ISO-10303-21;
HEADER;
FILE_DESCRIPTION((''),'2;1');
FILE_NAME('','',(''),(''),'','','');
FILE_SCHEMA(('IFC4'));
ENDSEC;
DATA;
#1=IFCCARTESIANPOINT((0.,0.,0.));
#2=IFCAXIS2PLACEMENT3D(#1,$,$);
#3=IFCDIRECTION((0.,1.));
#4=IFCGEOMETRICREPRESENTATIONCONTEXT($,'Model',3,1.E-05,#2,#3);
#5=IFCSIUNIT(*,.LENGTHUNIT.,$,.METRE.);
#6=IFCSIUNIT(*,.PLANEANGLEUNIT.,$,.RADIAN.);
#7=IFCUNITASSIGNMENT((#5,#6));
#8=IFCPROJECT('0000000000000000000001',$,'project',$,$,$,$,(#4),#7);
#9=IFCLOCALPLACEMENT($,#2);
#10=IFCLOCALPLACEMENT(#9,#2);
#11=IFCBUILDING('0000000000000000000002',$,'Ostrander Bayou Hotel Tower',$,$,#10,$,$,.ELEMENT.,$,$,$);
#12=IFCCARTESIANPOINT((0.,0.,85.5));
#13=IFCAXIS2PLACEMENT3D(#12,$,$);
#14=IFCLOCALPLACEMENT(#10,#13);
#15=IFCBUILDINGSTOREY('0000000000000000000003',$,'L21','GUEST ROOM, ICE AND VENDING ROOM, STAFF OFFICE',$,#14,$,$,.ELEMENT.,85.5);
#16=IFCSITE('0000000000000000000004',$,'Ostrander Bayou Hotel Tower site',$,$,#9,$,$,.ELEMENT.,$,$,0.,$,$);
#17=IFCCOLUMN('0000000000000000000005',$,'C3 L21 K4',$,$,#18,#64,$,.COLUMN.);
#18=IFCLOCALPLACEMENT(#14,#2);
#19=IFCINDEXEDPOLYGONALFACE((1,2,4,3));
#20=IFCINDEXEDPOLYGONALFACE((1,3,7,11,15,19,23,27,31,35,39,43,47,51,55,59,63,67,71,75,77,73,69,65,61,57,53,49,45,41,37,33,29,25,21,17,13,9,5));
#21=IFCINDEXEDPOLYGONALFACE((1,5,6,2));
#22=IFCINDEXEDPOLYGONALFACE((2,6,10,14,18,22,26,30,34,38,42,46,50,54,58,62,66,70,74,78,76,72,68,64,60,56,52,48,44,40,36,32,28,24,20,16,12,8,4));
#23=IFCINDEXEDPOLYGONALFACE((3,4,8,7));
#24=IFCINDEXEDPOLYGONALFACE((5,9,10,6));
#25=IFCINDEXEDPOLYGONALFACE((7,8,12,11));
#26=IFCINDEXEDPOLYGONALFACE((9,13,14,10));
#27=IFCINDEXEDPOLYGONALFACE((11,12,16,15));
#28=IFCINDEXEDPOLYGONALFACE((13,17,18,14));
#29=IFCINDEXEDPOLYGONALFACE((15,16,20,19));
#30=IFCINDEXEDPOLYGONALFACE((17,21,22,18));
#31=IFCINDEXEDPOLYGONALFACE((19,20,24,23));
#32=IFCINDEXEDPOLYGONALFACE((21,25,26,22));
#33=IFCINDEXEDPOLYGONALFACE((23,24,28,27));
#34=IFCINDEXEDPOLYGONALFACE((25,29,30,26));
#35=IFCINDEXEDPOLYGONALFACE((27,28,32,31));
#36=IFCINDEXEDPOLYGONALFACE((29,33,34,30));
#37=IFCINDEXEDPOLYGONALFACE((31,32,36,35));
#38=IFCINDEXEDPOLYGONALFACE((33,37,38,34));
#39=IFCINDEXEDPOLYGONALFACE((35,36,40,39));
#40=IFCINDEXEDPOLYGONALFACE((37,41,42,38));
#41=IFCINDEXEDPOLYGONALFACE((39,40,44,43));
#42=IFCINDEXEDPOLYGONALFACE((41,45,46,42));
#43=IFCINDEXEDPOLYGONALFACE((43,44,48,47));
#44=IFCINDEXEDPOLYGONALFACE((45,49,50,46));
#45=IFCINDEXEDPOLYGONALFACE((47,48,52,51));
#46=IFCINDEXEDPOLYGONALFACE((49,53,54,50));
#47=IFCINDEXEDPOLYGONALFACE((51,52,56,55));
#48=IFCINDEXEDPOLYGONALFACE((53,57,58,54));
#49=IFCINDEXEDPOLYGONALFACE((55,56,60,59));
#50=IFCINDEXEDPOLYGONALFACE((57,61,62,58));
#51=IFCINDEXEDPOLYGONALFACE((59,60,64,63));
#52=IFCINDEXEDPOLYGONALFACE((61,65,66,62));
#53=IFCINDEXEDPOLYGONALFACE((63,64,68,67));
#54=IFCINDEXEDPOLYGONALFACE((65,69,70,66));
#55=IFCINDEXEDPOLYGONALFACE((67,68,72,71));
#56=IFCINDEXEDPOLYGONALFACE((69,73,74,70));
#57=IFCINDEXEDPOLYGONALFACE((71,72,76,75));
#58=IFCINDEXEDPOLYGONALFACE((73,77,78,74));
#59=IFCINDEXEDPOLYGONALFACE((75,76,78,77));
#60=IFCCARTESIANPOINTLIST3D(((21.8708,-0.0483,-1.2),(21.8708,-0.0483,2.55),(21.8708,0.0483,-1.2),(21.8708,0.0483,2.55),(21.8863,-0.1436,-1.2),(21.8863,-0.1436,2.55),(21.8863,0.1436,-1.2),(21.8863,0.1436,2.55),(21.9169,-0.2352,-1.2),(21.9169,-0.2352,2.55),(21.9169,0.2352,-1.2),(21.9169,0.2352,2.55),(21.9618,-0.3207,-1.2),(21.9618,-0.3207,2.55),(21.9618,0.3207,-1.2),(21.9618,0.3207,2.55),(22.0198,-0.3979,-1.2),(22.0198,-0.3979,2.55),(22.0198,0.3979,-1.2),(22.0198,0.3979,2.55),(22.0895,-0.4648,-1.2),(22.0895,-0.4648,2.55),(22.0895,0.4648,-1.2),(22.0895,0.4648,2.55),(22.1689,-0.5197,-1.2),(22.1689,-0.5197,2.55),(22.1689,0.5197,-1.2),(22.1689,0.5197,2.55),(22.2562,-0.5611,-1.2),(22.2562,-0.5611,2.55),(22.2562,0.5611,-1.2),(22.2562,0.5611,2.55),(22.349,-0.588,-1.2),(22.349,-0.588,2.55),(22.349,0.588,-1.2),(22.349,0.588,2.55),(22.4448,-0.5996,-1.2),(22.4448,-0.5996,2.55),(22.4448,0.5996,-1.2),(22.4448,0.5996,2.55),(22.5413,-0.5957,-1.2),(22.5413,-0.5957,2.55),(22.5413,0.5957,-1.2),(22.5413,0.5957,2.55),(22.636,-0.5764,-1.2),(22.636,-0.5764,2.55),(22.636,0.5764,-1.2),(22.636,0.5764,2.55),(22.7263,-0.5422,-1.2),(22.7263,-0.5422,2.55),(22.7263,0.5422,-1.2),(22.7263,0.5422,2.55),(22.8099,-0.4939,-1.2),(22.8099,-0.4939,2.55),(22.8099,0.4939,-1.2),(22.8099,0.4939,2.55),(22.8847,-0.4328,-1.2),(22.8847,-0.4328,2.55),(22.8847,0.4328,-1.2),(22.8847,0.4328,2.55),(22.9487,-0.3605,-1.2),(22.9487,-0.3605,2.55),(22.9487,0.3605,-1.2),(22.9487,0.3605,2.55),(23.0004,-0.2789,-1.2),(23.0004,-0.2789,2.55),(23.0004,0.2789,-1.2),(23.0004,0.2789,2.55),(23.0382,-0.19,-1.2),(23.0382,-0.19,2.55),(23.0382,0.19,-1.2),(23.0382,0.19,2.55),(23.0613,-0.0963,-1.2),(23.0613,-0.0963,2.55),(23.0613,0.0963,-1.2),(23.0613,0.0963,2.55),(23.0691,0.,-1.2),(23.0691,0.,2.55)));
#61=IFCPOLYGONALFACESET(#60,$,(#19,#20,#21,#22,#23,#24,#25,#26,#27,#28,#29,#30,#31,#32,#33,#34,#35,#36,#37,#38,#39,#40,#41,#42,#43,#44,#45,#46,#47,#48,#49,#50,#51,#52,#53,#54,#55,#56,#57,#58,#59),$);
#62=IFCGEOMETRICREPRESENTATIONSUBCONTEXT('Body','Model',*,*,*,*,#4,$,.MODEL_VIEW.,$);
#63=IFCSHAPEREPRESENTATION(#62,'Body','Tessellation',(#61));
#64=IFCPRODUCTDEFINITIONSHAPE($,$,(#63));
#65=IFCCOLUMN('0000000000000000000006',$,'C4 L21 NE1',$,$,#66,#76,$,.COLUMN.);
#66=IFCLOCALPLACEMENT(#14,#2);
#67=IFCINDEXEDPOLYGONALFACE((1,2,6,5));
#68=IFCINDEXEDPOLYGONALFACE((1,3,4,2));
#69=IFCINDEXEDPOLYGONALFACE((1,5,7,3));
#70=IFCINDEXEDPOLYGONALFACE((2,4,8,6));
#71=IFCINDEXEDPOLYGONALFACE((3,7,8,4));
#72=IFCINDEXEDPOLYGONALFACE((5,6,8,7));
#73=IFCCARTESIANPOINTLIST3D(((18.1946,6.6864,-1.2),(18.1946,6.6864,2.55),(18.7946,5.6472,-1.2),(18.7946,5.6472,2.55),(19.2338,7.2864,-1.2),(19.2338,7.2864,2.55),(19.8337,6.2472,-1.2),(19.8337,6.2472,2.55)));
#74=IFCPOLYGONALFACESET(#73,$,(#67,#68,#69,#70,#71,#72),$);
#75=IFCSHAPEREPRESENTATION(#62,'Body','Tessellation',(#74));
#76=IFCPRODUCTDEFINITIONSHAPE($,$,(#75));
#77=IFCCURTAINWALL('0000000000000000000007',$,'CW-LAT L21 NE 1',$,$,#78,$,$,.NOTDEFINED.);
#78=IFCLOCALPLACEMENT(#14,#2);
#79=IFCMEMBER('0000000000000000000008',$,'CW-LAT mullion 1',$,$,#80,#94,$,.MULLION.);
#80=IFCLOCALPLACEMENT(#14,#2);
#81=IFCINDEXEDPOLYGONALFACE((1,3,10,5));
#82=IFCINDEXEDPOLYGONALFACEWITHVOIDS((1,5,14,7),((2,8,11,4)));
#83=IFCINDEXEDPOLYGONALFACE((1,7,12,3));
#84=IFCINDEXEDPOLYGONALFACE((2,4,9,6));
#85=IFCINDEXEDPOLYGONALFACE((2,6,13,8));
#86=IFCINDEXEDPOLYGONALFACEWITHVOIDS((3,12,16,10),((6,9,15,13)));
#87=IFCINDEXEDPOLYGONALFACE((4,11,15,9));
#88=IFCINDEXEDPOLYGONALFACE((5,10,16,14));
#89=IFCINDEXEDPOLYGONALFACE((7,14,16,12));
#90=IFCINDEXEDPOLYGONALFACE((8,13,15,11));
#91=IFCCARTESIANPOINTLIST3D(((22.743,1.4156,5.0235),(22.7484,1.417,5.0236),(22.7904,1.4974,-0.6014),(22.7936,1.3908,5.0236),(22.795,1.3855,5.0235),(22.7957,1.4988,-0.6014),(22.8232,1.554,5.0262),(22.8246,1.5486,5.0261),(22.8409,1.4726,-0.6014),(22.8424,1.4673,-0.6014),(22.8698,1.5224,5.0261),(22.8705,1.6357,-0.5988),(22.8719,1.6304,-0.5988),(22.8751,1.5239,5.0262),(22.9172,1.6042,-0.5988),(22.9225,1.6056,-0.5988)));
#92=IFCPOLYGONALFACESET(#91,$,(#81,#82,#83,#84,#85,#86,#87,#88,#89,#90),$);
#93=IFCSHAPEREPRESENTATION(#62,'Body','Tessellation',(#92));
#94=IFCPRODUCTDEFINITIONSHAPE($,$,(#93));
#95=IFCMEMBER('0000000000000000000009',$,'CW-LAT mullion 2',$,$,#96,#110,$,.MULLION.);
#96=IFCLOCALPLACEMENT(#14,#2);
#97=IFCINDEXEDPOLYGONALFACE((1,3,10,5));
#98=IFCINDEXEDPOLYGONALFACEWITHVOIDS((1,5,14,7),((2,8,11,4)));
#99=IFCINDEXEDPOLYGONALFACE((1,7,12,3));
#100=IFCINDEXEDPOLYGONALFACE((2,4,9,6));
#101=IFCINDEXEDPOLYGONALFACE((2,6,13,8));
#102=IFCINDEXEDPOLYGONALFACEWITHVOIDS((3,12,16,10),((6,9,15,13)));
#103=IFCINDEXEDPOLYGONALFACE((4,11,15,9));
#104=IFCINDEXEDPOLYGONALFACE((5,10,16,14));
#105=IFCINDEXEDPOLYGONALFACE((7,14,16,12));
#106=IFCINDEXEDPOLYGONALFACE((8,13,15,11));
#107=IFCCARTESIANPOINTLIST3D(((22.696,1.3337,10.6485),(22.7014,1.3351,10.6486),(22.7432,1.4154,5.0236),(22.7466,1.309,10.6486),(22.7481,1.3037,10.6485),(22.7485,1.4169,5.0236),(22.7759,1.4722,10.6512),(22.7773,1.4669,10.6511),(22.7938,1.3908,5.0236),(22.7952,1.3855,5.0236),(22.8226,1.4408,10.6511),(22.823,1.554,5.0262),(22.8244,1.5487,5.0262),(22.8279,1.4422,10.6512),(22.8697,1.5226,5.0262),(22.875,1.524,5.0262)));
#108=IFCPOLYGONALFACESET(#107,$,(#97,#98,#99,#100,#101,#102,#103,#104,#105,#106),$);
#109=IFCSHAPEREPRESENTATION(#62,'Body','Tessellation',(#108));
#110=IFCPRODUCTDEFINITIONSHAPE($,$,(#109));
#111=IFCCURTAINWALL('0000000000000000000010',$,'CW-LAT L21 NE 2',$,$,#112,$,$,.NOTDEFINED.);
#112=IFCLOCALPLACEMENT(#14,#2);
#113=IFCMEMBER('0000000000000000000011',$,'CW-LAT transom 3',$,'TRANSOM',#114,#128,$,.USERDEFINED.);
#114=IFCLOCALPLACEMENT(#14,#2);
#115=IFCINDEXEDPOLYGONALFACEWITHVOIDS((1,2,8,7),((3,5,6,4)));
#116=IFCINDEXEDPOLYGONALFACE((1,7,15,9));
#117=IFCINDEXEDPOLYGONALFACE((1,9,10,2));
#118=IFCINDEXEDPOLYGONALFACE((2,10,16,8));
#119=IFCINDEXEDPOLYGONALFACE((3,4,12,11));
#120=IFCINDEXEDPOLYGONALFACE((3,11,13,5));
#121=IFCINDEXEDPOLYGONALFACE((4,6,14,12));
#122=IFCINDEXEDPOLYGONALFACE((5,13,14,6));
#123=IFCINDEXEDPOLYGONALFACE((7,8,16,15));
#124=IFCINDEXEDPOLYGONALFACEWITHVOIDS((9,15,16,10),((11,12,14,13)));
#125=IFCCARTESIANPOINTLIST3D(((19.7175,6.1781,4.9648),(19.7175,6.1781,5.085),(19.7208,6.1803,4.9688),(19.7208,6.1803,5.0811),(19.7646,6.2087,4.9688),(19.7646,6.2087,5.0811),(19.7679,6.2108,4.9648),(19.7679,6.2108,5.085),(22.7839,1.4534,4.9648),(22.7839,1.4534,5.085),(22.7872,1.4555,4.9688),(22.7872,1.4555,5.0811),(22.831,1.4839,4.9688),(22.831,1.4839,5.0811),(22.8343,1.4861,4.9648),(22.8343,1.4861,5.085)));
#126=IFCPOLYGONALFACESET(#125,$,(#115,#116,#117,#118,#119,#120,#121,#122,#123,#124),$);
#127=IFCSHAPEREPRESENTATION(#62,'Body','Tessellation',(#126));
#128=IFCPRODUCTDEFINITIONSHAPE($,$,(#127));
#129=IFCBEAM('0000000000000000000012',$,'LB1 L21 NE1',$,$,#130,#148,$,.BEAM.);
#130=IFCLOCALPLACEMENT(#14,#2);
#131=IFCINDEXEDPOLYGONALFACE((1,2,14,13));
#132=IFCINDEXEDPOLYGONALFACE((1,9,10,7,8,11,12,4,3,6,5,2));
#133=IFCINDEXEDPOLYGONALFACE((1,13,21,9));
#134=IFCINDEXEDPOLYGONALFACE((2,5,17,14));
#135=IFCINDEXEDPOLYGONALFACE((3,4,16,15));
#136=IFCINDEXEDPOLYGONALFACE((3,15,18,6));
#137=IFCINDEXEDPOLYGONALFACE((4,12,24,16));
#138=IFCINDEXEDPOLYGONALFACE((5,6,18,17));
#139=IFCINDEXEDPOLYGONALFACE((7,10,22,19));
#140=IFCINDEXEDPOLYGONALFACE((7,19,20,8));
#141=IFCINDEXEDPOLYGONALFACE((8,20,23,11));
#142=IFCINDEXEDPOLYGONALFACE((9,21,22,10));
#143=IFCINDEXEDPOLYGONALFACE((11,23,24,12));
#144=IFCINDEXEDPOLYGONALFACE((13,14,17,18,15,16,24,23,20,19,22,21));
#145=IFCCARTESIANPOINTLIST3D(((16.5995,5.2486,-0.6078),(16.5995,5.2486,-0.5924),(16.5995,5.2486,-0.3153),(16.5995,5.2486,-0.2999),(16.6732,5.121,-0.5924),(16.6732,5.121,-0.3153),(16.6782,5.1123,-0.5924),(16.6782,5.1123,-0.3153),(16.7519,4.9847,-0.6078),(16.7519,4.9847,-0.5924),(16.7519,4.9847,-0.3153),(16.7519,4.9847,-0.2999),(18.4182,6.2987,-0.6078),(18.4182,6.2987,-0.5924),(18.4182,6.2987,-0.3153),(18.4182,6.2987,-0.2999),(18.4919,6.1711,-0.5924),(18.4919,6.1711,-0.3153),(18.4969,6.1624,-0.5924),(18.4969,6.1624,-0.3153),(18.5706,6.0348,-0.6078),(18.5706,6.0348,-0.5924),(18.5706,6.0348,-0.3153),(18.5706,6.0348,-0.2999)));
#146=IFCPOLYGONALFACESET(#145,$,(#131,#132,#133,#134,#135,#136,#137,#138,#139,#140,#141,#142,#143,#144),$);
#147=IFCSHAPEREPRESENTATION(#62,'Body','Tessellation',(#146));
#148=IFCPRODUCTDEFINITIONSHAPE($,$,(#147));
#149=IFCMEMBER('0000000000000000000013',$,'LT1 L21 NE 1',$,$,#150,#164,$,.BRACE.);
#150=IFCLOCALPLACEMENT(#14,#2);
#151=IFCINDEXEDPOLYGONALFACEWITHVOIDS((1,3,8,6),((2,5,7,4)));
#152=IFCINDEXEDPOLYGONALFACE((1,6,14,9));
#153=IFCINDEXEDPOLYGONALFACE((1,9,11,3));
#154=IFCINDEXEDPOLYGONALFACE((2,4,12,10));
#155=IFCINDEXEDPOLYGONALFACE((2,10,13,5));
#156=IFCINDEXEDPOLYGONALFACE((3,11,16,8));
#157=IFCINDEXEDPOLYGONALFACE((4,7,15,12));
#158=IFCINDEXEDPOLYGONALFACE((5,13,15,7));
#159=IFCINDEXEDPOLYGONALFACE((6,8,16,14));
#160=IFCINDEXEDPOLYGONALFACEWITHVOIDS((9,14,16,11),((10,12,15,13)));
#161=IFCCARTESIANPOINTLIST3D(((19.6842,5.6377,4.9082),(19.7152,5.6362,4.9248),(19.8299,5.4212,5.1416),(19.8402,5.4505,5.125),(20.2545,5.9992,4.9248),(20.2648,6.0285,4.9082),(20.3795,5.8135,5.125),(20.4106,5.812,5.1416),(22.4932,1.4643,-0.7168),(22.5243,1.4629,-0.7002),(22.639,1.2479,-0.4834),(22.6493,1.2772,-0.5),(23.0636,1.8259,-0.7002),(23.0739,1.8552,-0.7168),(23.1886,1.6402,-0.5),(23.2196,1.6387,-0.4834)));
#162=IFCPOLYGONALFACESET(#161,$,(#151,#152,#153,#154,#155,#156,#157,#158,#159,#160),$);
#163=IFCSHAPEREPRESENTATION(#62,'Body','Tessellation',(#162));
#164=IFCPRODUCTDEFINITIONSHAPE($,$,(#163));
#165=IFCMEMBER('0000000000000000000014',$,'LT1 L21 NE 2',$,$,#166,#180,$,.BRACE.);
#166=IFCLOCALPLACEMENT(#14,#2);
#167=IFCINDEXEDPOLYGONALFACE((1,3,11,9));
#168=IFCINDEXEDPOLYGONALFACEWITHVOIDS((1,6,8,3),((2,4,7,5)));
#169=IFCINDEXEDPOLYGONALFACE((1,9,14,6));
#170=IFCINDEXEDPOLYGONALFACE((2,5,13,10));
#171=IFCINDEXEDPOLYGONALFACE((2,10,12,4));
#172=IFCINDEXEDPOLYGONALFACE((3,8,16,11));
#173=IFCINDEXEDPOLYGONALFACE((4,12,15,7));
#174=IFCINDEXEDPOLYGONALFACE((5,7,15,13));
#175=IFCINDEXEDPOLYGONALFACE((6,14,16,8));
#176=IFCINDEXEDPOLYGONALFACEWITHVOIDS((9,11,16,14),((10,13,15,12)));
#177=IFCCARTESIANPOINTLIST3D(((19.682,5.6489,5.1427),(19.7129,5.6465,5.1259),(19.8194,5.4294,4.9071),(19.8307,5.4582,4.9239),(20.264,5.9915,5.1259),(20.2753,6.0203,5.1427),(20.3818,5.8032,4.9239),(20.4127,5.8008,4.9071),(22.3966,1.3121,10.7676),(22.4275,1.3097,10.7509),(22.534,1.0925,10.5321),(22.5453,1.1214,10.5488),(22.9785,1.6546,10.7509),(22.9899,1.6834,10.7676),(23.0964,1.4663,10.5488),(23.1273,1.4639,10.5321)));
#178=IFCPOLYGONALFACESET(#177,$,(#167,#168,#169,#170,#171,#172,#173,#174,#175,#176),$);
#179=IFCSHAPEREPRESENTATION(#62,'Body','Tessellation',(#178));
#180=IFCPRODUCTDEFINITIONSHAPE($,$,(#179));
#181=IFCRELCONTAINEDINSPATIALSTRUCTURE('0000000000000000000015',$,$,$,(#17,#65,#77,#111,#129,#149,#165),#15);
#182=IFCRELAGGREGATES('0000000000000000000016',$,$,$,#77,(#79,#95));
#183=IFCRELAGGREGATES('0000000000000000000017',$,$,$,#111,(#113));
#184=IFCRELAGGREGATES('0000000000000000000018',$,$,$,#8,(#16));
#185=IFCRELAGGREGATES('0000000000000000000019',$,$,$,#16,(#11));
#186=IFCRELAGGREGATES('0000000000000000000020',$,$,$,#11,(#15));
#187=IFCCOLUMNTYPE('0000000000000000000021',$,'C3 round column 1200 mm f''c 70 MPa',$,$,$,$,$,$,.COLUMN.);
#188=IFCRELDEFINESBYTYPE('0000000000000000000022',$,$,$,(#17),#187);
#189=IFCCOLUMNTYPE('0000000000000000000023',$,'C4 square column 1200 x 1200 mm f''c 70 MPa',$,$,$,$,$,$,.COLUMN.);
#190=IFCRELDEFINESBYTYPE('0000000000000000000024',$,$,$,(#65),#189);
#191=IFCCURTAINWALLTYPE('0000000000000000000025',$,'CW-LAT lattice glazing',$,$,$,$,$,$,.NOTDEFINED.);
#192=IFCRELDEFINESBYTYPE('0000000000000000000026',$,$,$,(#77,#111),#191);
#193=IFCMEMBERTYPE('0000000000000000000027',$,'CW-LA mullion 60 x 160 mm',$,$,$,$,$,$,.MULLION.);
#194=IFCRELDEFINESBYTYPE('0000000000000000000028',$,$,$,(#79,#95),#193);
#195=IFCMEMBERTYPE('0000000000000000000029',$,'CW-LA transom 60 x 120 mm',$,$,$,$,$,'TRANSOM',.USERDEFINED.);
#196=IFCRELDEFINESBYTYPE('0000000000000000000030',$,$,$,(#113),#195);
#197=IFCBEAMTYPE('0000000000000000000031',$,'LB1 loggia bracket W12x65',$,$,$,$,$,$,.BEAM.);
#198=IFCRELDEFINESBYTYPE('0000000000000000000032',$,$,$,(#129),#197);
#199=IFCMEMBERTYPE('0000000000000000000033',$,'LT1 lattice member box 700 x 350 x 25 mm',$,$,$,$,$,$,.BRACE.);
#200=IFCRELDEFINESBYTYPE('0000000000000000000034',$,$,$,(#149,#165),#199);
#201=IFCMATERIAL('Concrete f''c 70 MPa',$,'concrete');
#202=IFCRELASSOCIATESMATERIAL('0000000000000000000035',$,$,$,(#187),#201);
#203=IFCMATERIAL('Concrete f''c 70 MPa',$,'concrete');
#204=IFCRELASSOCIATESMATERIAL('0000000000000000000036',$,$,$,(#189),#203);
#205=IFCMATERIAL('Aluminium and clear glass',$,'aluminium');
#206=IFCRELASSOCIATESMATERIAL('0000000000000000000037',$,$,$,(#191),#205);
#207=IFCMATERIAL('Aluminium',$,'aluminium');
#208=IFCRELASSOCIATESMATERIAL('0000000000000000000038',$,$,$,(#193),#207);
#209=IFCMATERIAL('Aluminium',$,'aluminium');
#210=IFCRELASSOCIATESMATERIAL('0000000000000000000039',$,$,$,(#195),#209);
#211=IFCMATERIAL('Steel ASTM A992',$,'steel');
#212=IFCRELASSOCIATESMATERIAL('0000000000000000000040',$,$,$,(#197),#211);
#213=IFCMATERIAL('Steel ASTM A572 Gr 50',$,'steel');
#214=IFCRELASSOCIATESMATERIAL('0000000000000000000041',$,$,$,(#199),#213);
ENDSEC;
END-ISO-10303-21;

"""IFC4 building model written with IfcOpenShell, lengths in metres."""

from ifc_helpers import new_model, si_unit, direction, frame, origin, origin_2d, place, context, subcontext, project, spatial, rectangle, hollow_rectangle, circle, i_section, extrude, material, material_profile, profile_set, type_object, element, aggregate, save


model = new_model("IFC4")

# Units and contexts
model_context = context("Model", 3, precision=1e-05, world=origin(), true_north=direction((0.0, 1.0)))
body_context = subcontext(model_context, "Body", "Model", "MODEL_VIEW")
ifc_project = project(units=[si_unit("LENGTHUNIT", "METRE"), si_unit("PLANEANGLEUNIT", "RADIAN")], contexts=[model_context])

# Site, building, storey
site_placement = place(None, origin())
site = spatial("IfcSite", under=ifc_project, at=site_placement, Name="Ostrander Bayou Hotel Tower site", CompositionType="ELEMENT", RefElevation=0.0)
building_placement = place(site_placement, origin())
building = spatial("IfcBuilding", under=site, at=building_placement, Name="Ostrander Bayou Hotel Tower", CompositionType="ELEMENT")
storey_placement = place(building_placement, frame((0.0, 0.0, 85.5)))
storey = spatial("IfcBuildingStorey", under=building, at=storey_placement, Name="L21", Description="GUEST ROOM, ICE AND VENDING ROOM, STAFF OFFICE", CompositionType="ELEMENT", Elevation=85.5)

# Columns
ifc_material_1 = material(Name="Concrete f'c 70 MPa", Category="concrete")
ifc_material_profile_1 = material_profile(ifc_material_1, circle(Radius=0.6001, at=origin_2d()))
ifc_profile_set_1 = profile_set([ifc_material_profile_1], Name="Concrete f'c 70 MPa")
column_type_1 = type_object("IfcColumnType", Name="C3 round column 1200 mm f'c 70 MPa", PredefinedType="COLUMN", material=ifc_profile_set_1)
column_1_placement = place(storey_placement, frame((22.469, 0.0, -1.2), z_axis=(0.0, 0.0, 1.0), x_axis=(1.0, 0.0, 0.0)))
element("IfcColumn", 1, at=column_1_placement, inside=storey, type_object=column_type_1, Name="C3 L21 K4", PredefinedType="COLUMN", context=body_context, shape_type="SweptSolid", body=[
    extrude(circle(Radius=0.6001, at=origin_2d()), origin(), (0.0, 0.0, 1.0), 3.75),
])
ifc_material_2 = material(Name="Concrete f'c 70 MPa", Category="concrete")
ifc_material_profile_2 = material_profile(ifc_material_2, rectangle(XDim=1.2, YDim=1.2, at=origin_2d()))
ifc_profile_set_2 = profile_set([ifc_material_profile_2], Name="Concrete f'c 70 MPa")
column_type_2 = type_object("IfcColumnType", Name="C4 square column 1200 x 1200 mm f'c 70 MPa", PredefinedType="COLUMN", material=ifc_profile_set_2)
column_2_placement = place(storey_placement, frame((19.0142, 6.4668, -1.2), z_axis=(0.0, 0.0, 1.0), x_axis=(0.5, -0.866025, 0.0)))
element("IfcColumn", 2, at=column_2_placement, inside=storey, type_object=column_type_2, Name="C4 L21 NE1", PredefinedType="COLUMN", context=body_context, shape_type="SweptSolid", body=[
    extrude(rectangle(XDim=1.2, YDim=1.2, at=origin_2d()), origin(), (0.0, 0.0, 1.0), 3.75),
])

# Curtain wall, members
ifc_material_3 = material(Name="Aluminium and clear glass", Category="aluminium")
curtain_wall_type = type_object("IfcCurtainWallType", Name="CW-LAT lattice glazing", PredefinedType="NOTDEFINED", material=ifc_material_3)
curtain_wall_1_placement = place(storey_placement, origin())
curtain_wall_1 = element("IfcCurtainWall", 3, at=curtain_wall_1_placement, inside=storey, type_object=curtain_wall_type, Name="CW-LAT L21 NE 1", PredefinedType="NOTDEFINED")
ifc_material_4 = material(Name="Aluminium", Category="aluminium")
ifc_material_profile_3 = material_profile(ifc_material_4, hollow_rectangle(XDim=0.0601, YDim=0.1599, WallThickness=0.0039, at=origin_2d()))
ifc_profile_set_3 = profile_set([ifc_material_profile_3], Name="Aluminium")
member_type_1 = type_object("IfcMemberType", Name="CW-LA mullion 60 x 160 mm", PredefinedType="MULLION", material=ifc_profile_set_3)
member_1_placement = place(storey_placement, frame((22.8564, 1.5515, -0.6001), z_axis=(-0.008419, -0.014538, 0.999859), x_axis=(0.865367, -0.501138, 0.0)))
member_1 = element("IfcMember", 4, at=member_1_placement, type_object=member_type_1, Name="CW-LAT mullion 1", PredefinedType="MULLION", context=body_context, shape_type="SweptSolid", body=[
    extrude(hollow_rectangle(XDim=0.0601, YDim=0.1599, WallThickness=0.0039, at=origin_2d()), origin(), (0.0, 0.0, 1.0), 5.6257),
])
member_2_placement = place(storey_placement, frame((22.8091, 1.4697, 5.0249), z_axis=(-0.008376, -0.014538, 0.999859), x_axis=(0.866487, -0.4992, 0.0)))
member_2 = element("IfcMember", 5, at=member_2_placement, type_object=member_type_1, Name="CW-LAT mullion 2", PredefinedType="MULLION", context=body_context, shape_type="SweptSolid", body=[
    extrude(hollow_rectangle(XDim=0.0601, YDim=0.1599, WallThickness=0.0039, at=origin_2d()), origin(), (0.0, 0.0, 1.0), 5.6257),
])
aggregate(curtain_wall_1, [member_1, member_2])

# Curtain wall, member
curtain_wall_2_placement = place(storey_placement, origin())
curtain_wall_2 = element("IfcCurtainWall", 6, at=curtain_wall_2_placement, inside=storey, type_object=curtain_wall_type, Name="CW-LAT L21 NE 2", PredefinedType="NOTDEFINED")
ifc_material_5 = material(Name="Aluminium", Category="aluminium")
ifc_material_profile_4 = material_profile(ifc_material_5, hollow_rectangle(XDim=0.0601, YDim=0.1201, WallThickness=0.0039, at=origin_2d()))
ifc_profile_set_4 = profile_set([ifc_material_profile_4], Name="Aluminium")
member_type_2 = type_object("IfcMemberType", Name="CW-LA transom 60 x 120 mm", ElementType="TRANSOM", PredefinedType="USERDEFINED", material=ifc_profile_set_4)
member_3_placement = place(storey_placement, frame((22.8091, 1.4697, 5.0249), z_axis=(-0.544396, 0.838829, 0.0), x_axis=(-0.838829, -0.544396, 0.0)))
member_3 = element("IfcMember", 7, at=member_3_placement, type_object=member_type_2, Name="CW-LAT transom 3", ObjectType="TRANSOM", PredefinedType="USERDEFINED", context=body_context, shape_type="SweptSolid", body=[
    extrude(hollow_rectangle(XDim=0.0601, YDim=0.1201, WallThickness=0.0039, at=origin_2d()), origin(), (0.0, 0.0, 1.0), 5.6326),
])
aggregate(curtain_wall_2, [member_3])

# Beam
ifc_material_6 = material(Name="Steel ASTM A992", Category="steel")
ifc_material_profile_5 = material_profile(ifc_material_6, i_section(OverallWidth=0.3047, OverallDepth=0.3079, WebThickness=0.01, FlangeThickness=0.0154, at=origin_2d()))
ifc_profile_set_5 = profile_set([ifc_material_profile_5], Name="Steel ASTM A992")
beam_type_1 = type_object("IfcBeamType", Name="LB1 loggia bracket W12x65", PredefinedType="BEAM", material=ifc_profile_set_5)
beam_1_placement = place(storey_placement, frame((18.4944, 6.1667, -0.4539), z_axis=(-0.866009, -0.500028, 0.0), x_axis=(0.500028, -0.866009, 0.0)))
element("IfcBeam", 8, at=beam_1_placement, inside=storey, type_object=beam_type_1, Name="LB1 L21 NE1", PredefinedType="BEAM", context=body_context, shape_type="SweptSolid", body=[
    extrude(i_section(OverallWidth=0.3047, OverallDepth=0.3079, WebThickness=0.01, FlangeThickness=0.0154, at=origin_2d()), origin(), (0.0, 0.0, 1.0), 2.1001),
])

# Members
ifc_material_7 = material(Name="Steel ASTM A572 Gr 50", Category="steel")
ifc_material_profile_6 = material_profile(ifc_material_7, hollow_rectangle(XDim=0.7, YDim=0.3501, WallThickness=0.0249, at=origin_2d()))
ifc_profile_set_6 = profile_set([ifc_material_profile_6], Name="Steel ASTM A572 Gr 50")
member_type_3 = type_object("IfcMemberType", Name="LT1 lattice member box 700 x 350 x 25 mm", PredefinedType="BRACE", material=ifc_profile_set_6)
member_4_placement = place(storey_placement, frame((20.0474, 5.7249, 5.0249), z_axis=(0.372241, -0.553023, -0.745387), x_axis=(0.829578, 0.55839, 0.0)))
element("IfcMember", 9, at=member_4_placement, inside=storey, type_object=member_type_3, Name="LT1 L21 NE 1", PredefinedType="BRACE", context=body_context, shape_type="SweptSolid", body=[
    extrude(hollow_rectangle(XDim=0.7, YDim=0.3501, WallThickness=0.0249, at=origin_2d()), origin(), (0.0, 0.0, 1.0), 7.5464),
])
member_5_placement = place(storey_placement, frame((20.0474, 5.7249, 5.0249), z_axis=(0.357003, -0.570358, 0.739757), x_axis=(0.847644, 0.530565, 0.0)))
element("IfcMember", 10, at=member_5_placement, inside=storey, type_object=member_type_3, Name="LT1 L21 NE 2", PredefinedType="BRACE", context=body_context, shape_type="SweptSolid", body=[
    extrude(hollow_rectangle(XDim=0.7, YDim=0.3501, WallThickness=0.0249, at=origin_2d()), origin(), (0.0, 0.0, 1.0), 7.6038),
])

save(model, "model.ifc")
